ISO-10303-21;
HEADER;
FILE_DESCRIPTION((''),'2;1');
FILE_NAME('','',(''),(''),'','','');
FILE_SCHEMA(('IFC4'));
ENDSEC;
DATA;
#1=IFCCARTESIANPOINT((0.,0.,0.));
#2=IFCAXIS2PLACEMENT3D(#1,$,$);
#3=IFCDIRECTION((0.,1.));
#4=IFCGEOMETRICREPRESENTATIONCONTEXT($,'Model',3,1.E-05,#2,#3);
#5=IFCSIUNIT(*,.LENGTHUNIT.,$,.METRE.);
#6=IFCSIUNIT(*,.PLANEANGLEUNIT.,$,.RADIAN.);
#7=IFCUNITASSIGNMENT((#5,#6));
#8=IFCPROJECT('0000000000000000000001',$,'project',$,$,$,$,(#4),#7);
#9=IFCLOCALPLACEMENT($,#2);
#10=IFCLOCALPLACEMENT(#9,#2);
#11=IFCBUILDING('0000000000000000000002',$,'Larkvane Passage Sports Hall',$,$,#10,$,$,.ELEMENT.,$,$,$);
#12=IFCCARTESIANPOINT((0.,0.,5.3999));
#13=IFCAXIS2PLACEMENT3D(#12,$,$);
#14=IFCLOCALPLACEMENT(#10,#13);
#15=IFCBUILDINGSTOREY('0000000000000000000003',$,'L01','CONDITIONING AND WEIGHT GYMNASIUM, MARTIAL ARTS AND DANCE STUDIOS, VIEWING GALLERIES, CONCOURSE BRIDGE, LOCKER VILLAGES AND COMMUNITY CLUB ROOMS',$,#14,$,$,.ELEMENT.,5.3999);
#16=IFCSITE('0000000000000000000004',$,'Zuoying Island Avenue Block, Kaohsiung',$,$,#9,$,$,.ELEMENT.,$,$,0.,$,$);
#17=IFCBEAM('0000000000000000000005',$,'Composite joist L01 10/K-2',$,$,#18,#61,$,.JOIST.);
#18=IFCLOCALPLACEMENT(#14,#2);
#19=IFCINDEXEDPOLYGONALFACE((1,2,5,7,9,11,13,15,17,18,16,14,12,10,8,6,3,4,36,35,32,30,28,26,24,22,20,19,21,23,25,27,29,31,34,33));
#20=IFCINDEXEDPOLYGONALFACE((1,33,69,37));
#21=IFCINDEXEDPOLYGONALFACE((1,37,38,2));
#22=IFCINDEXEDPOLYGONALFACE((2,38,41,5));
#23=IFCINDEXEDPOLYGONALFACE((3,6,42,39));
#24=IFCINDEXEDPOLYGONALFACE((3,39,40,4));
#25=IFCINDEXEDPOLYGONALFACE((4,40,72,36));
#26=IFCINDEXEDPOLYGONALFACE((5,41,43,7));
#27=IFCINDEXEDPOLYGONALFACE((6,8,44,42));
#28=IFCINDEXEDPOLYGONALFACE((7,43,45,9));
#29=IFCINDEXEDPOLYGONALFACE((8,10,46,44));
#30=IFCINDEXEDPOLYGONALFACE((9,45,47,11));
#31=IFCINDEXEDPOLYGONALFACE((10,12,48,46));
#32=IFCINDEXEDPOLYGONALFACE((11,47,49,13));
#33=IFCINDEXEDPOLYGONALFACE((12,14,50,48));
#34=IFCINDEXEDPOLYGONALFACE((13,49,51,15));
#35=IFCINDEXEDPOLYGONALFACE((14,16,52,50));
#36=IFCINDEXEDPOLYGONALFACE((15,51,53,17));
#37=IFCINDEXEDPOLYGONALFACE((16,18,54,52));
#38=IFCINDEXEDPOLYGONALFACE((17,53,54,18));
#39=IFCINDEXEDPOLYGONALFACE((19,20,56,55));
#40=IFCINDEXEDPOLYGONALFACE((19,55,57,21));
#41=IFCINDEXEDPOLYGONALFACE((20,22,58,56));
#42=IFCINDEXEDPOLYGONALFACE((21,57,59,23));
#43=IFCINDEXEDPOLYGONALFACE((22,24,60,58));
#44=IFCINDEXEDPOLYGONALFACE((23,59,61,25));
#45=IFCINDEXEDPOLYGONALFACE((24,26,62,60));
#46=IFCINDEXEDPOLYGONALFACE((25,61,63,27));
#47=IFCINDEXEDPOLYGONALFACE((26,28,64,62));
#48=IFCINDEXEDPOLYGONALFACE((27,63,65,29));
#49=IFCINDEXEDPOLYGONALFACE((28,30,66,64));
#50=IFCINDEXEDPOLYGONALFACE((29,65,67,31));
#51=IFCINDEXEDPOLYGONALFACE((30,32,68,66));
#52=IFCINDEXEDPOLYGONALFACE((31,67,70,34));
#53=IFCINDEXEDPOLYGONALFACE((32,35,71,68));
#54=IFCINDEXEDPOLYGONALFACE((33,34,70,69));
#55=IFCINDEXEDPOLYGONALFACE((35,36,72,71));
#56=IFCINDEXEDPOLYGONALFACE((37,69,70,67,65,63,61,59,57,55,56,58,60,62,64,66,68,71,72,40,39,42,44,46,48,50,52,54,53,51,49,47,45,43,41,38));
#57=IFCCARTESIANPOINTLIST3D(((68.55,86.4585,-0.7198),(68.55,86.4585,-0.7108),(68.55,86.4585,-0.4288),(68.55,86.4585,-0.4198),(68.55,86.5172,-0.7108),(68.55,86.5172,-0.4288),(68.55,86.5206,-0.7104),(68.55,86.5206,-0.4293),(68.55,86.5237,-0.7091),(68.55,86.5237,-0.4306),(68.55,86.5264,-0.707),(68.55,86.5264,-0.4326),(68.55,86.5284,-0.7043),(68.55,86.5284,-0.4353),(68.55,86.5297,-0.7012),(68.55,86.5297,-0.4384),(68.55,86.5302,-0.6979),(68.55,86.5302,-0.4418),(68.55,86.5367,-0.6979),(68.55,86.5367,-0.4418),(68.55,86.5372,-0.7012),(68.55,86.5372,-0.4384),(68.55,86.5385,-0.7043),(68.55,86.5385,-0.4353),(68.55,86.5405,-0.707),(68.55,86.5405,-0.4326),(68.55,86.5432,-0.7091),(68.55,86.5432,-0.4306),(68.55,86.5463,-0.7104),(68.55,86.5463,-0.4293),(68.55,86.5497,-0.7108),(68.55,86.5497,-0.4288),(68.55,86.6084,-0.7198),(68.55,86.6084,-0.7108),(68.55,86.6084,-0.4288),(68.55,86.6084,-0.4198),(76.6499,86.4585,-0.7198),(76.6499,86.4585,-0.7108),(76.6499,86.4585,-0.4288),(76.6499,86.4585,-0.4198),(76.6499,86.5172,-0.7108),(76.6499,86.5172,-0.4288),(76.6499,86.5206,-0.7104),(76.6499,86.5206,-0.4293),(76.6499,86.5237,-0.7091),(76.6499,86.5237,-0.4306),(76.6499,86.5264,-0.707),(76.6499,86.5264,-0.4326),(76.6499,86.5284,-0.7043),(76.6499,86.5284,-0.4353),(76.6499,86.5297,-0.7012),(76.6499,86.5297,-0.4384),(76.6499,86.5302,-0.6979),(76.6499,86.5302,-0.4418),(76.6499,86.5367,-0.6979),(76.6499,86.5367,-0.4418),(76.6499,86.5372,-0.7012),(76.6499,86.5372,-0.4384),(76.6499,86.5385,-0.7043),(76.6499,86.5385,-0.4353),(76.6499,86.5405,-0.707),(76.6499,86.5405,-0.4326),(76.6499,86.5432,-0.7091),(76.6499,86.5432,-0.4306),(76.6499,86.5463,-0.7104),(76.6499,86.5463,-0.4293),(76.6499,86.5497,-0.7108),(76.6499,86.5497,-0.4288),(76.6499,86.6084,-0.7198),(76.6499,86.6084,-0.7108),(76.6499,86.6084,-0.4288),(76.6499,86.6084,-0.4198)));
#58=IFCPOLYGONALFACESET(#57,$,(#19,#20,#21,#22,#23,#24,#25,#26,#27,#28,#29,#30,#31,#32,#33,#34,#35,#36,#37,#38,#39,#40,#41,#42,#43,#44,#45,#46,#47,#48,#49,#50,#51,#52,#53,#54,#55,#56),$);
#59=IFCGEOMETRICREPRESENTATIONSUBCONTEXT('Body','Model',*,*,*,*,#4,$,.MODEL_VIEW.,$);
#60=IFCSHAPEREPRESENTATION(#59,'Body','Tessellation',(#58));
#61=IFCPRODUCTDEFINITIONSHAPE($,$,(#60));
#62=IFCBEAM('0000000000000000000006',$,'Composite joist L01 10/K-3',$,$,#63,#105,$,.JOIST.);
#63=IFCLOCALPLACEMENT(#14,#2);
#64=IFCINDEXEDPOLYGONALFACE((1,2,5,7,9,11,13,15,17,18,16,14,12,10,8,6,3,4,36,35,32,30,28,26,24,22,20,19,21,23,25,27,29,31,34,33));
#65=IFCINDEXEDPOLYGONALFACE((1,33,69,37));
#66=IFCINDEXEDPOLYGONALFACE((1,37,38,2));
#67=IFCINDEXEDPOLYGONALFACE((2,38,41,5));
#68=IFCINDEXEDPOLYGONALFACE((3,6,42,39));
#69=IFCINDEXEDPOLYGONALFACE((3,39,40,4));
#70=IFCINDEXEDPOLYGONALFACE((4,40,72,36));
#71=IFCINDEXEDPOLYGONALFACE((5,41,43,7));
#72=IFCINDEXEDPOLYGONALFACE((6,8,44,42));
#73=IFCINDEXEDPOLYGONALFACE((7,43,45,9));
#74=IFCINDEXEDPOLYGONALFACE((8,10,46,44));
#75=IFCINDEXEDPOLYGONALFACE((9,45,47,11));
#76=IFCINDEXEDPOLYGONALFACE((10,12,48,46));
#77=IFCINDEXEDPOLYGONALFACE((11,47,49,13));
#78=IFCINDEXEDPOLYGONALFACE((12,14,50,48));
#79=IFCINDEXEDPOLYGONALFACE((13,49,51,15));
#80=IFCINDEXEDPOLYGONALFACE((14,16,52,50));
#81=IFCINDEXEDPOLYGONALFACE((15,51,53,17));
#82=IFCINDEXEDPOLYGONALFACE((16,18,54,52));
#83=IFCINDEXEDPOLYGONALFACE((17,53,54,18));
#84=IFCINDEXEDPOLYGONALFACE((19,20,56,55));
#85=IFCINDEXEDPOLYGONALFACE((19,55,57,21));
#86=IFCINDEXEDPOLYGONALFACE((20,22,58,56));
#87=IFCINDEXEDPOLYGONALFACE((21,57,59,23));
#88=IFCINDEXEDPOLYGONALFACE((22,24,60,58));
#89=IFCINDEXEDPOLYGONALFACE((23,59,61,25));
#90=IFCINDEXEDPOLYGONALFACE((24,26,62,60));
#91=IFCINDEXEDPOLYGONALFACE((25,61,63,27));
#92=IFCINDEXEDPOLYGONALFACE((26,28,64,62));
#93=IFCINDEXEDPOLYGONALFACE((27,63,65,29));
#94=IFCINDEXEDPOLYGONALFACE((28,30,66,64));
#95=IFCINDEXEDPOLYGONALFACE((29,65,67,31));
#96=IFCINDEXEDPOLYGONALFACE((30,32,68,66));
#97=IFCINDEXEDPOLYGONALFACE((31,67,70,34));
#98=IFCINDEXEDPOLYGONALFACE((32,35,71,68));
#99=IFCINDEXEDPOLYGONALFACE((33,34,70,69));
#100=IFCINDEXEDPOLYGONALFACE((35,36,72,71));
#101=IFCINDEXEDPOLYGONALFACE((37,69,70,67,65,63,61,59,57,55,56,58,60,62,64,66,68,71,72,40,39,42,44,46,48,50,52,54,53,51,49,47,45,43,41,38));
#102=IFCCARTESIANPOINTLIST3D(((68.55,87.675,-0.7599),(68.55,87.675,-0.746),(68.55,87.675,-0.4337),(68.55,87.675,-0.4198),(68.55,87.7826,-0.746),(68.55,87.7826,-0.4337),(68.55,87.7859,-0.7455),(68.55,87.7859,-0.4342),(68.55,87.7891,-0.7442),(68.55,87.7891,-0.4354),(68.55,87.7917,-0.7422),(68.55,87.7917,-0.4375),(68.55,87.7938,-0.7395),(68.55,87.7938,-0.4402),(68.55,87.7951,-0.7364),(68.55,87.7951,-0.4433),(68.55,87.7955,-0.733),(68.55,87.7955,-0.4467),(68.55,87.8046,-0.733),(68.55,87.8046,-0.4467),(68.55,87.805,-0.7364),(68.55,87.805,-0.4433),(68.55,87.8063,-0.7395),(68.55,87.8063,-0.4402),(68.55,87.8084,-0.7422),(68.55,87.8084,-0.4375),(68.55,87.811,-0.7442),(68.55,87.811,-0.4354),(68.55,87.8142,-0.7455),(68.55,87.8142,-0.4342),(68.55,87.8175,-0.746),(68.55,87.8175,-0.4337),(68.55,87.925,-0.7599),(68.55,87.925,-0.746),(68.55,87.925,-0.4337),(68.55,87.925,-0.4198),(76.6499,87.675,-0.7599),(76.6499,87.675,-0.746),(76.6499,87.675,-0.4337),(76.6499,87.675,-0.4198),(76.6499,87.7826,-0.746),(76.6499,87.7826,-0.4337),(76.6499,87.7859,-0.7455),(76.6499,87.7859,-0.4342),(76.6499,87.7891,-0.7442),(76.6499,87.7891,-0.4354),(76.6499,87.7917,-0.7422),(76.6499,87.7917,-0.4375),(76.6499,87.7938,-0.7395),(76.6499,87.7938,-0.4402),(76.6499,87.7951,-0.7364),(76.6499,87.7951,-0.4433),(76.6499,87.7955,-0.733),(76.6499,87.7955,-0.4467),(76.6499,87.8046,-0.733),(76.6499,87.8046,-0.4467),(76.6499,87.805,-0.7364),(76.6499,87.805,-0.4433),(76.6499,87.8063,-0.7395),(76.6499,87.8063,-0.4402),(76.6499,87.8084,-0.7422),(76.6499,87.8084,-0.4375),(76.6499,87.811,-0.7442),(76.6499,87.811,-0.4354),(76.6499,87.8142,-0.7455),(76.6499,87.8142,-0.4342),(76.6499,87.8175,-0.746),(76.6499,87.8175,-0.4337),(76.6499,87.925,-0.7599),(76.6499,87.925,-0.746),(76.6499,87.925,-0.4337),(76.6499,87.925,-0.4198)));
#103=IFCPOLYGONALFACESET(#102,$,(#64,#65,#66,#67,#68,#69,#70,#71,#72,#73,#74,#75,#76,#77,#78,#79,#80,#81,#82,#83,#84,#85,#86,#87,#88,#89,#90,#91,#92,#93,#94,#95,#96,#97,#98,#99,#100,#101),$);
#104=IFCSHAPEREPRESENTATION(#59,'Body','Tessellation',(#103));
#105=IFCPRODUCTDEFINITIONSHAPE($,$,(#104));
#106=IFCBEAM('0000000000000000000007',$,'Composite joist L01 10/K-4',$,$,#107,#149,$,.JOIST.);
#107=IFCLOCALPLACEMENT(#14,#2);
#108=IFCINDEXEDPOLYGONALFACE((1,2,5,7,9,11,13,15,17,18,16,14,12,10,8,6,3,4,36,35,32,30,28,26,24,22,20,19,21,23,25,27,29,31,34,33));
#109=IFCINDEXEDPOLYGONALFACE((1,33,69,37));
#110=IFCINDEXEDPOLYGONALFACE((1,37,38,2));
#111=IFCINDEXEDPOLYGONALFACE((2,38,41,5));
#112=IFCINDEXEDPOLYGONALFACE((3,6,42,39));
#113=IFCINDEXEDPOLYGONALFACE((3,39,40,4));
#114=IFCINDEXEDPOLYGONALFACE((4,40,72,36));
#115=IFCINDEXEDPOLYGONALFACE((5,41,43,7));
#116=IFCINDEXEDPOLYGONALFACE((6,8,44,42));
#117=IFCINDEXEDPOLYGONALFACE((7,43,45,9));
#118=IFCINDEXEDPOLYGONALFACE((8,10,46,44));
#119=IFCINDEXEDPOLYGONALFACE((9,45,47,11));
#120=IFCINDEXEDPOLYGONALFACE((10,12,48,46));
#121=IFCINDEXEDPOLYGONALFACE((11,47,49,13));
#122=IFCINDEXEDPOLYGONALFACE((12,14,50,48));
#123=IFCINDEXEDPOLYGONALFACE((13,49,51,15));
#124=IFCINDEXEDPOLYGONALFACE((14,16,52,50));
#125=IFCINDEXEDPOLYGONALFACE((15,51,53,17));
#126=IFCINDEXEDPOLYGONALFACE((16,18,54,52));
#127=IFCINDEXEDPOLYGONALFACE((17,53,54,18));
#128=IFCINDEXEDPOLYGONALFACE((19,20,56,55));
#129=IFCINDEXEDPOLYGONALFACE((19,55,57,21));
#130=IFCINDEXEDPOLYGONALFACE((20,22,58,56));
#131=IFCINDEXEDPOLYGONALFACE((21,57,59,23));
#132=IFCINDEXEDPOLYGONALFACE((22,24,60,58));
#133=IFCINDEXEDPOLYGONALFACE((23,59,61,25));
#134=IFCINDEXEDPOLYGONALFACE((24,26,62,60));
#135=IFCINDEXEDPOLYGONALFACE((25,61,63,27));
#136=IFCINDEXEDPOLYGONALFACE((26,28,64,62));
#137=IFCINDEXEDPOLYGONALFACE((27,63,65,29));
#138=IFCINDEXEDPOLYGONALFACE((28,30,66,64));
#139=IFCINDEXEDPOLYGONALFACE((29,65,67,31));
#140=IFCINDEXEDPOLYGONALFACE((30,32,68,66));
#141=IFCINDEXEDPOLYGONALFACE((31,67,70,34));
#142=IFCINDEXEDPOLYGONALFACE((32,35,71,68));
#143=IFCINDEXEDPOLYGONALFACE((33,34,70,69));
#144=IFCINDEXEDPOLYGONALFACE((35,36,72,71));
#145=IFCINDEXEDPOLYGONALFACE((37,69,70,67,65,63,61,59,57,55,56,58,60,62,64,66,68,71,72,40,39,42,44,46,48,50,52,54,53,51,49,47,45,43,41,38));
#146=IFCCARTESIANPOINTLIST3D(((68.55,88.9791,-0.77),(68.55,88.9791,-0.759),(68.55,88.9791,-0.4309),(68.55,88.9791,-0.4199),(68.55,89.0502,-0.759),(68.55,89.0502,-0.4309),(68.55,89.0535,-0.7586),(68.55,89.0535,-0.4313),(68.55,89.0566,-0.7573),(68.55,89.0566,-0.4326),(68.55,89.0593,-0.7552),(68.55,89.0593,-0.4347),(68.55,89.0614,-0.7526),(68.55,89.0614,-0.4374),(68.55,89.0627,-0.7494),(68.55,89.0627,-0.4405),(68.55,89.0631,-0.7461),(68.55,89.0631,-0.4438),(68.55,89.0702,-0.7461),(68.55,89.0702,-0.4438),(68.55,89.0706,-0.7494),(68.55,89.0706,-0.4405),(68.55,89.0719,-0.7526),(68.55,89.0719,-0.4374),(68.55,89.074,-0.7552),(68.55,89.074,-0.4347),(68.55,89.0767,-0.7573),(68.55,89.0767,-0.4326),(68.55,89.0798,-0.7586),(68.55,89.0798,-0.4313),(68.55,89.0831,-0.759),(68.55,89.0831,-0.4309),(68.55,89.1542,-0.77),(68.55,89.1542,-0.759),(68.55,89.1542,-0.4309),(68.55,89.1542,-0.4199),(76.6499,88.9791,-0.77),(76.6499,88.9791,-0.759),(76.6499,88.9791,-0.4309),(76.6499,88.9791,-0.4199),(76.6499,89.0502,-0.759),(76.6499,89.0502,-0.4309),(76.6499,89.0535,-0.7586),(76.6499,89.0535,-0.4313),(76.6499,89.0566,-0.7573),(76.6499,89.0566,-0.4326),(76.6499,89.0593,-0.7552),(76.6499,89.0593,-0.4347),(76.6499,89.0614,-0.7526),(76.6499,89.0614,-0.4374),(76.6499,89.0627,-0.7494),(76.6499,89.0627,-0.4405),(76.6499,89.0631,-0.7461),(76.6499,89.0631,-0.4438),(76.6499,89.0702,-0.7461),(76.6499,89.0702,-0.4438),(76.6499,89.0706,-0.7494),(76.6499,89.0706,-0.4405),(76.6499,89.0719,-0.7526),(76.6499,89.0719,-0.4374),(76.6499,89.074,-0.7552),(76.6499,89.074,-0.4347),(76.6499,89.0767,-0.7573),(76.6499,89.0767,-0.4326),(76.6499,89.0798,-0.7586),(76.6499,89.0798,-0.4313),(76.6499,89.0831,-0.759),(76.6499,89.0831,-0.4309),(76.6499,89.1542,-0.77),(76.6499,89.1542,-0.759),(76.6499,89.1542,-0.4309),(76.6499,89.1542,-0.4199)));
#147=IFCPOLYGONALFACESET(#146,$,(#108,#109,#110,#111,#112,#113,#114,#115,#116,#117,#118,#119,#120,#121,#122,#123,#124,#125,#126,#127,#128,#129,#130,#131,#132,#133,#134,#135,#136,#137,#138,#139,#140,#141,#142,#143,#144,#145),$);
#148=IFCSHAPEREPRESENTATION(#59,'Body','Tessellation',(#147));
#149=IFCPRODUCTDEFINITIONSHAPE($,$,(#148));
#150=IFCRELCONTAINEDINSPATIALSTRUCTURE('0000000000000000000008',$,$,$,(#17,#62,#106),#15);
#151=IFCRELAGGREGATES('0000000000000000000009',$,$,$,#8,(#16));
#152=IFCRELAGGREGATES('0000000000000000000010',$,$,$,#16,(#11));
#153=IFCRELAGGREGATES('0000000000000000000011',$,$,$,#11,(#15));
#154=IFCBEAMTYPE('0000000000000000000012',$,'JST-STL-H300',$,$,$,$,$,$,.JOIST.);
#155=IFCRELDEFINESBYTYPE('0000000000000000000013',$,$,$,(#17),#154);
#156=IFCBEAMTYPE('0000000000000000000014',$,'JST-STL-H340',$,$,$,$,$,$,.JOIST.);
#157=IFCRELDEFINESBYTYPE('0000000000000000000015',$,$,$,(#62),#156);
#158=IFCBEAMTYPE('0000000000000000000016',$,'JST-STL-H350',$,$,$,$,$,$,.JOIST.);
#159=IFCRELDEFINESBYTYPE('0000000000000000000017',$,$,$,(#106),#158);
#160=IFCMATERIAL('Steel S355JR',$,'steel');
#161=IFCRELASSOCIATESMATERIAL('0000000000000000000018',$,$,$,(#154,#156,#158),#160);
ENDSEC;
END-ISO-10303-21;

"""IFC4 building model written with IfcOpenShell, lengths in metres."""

from ifc_helpers import new_model, si_unit, direction, frame, origin, origin_2d, place, context, subcontext, project, spatial, i_section, extrude, material, material_profile, profile_set, type_object, element, save


model = new_model("IFC4")

# Units and contexts
model_context = context("Model", 3, precision=1e-05, world=origin(), true_north=direction((0.0, 1.0)))
body_context = subcontext(model_context, "Body", "Model", "MODEL_VIEW")
ifc_project = project(units=[si_unit("LENGTHUNIT", "METRE"), si_unit("PLANEANGLEUNIT", "RADIAN")], contexts=[model_context])

# Site, building, storey
site_placement = place(None, origin())
site = spatial("IfcSite", under=ifc_project, at=site_placement, Name="Zuoying Island Avenue Block, Kaohsiung", CompositionType="ELEMENT", RefElevation=0.0)
building_placement = place(site_placement, origin())
building = spatial("IfcBuilding", under=site, at=building_placement, Name="Larkvane Passage Sports Hall", CompositionType="ELEMENT")
storey_placement = place(building_placement, frame((0.0, 0.0, 5.3999)))
storey = spatial("IfcBuildingStorey", under=building, at=storey_placement, Name="L01", Description="CONDITIONING AND WEIGHT GYMNASIUM, MARTIAL ARTS AND DANCE STUDIOS, VIEWING GALLERIES, CONCOURSE BRIDGE, LOCKER VILLAGES AND COMMUNITY CLUB ROOMS", CompositionType="ELEMENT", Elevation=5.3999)

# Beams
ifc_material_1 = material(Name="Steel S355JR", Category="steel")
ifc_material_profile_1 = material_profile(ifc_material_1, i_section(OverallWidth=0.1499, OverallDepth=0.3, WebThickness=0.0066, FlangeThickness=0.009, FilletRadius=0.0129, at=origin_2d()), Name="H-300x150x6.5x9")
ifc_profile_set_1 = profile_set([ifc_material_profile_1], Name="Steel S355JR")
beam_type_1 = type_object("IfcBeamType", Name="JST-STL-H300", PredefinedType="JOIST", material=ifc_profile_set_1)
beam_1_placement = place(storey_placement, frame((68.55, 86.5334, -0.5698), z_axis=(1.0, 0.0, 0.0), x_axis=(0.0, 1.0, 0.0)))
element("IfcBeam", 1, at=beam_1_placement, inside=storey, type_object=beam_type_1, Name="Composite joist L01 10/K-2", PredefinedType="JOIST", context=body_context, shape_type="SweptSolid", body=[
    extrude(i_section(OverallWidth=0.1499, OverallDepth=0.3, WebThickness=0.0066, FlangeThickness=0.009, FilletRadius=0.0129, at=origin_2d()), origin(), (0.0, 0.0, 1.0), 8.0999),
])
ifc_material_profile_2 = material_profile(ifc_material_1, i_section(OverallWidth=0.25, OverallDepth=0.3401, WebThickness=0.009, FlangeThickness=0.0139, FilletRadius=0.0129, at=origin_2d()), Name="H-340x250x9x14")
ifc_profile_set_2 = profile_set([ifc_material_profile_2], Name="Steel S355JR")
beam_type_2 = type_object("IfcBeamType", Name="JST-STL-H340", PredefinedType="JOIST", material=ifc_profile_set_2)
beam_2_placement = place(storey_placement, frame((68.55, 87.8, -0.5898), z_axis=(1.0, 0.0, 0.0), x_axis=(0.0, 1.0, 0.0)))
element("IfcBeam", 2, at=beam_2_placement, inside=storey, type_object=beam_type_2, Name="Composite joist L01 10/K-3", PredefinedType="JOIST", context=body_context, shape_type="SweptSolid", body=[
    extrude(i_section(OverallWidth=0.25, OverallDepth=0.3401, WebThickness=0.009, FlangeThickness=0.0139, FilletRadius=0.0129, at=origin_2d()), origin(), (0.0, 0.0, 1.0), 8.0999),
])
ifc_material_profile_3 = material_profile(ifc_material_1, i_section(OverallWidth=0.175, OverallDepth=0.3501, WebThickness=0.0071, FlangeThickness=0.011, FilletRadius=0.0129, at=origin_2d()), Name="H-350x175x7x11")
ifc_profile_set_3 = profile_set([ifc_material_profile_3], Name="Steel S355JR")
beam_type_3 = type_object("IfcBeamType", Name="JST-STL-H350", PredefinedType="JOIST", material=ifc_profile_set_3)
beam_3_placement = place(storey_placement, frame((68.55, 89.0667, -0.595), z_axis=(1.0, 0.0, 0.0), x_axis=(0.0, 1.0, 0.0)))
element("IfcBeam", 3, at=beam_3_placement, inside=storey, type_object=beam_type_3, Name="Composite joist L01 10/K-4", PredefinedType="JOIST", context=body_context, shape_type="SweptSolid", body=[
    extrude(i_section(OverallWidth=0.175, OverallDepth=0.3501, WebThickness=0.0071, FlangeThickness=0.011, FilletRadius=0.0129, at=origin_2d()), origin(), (0.0, 0.0, 1.0), 8.0999),
])

save(model, "model.ifc")
